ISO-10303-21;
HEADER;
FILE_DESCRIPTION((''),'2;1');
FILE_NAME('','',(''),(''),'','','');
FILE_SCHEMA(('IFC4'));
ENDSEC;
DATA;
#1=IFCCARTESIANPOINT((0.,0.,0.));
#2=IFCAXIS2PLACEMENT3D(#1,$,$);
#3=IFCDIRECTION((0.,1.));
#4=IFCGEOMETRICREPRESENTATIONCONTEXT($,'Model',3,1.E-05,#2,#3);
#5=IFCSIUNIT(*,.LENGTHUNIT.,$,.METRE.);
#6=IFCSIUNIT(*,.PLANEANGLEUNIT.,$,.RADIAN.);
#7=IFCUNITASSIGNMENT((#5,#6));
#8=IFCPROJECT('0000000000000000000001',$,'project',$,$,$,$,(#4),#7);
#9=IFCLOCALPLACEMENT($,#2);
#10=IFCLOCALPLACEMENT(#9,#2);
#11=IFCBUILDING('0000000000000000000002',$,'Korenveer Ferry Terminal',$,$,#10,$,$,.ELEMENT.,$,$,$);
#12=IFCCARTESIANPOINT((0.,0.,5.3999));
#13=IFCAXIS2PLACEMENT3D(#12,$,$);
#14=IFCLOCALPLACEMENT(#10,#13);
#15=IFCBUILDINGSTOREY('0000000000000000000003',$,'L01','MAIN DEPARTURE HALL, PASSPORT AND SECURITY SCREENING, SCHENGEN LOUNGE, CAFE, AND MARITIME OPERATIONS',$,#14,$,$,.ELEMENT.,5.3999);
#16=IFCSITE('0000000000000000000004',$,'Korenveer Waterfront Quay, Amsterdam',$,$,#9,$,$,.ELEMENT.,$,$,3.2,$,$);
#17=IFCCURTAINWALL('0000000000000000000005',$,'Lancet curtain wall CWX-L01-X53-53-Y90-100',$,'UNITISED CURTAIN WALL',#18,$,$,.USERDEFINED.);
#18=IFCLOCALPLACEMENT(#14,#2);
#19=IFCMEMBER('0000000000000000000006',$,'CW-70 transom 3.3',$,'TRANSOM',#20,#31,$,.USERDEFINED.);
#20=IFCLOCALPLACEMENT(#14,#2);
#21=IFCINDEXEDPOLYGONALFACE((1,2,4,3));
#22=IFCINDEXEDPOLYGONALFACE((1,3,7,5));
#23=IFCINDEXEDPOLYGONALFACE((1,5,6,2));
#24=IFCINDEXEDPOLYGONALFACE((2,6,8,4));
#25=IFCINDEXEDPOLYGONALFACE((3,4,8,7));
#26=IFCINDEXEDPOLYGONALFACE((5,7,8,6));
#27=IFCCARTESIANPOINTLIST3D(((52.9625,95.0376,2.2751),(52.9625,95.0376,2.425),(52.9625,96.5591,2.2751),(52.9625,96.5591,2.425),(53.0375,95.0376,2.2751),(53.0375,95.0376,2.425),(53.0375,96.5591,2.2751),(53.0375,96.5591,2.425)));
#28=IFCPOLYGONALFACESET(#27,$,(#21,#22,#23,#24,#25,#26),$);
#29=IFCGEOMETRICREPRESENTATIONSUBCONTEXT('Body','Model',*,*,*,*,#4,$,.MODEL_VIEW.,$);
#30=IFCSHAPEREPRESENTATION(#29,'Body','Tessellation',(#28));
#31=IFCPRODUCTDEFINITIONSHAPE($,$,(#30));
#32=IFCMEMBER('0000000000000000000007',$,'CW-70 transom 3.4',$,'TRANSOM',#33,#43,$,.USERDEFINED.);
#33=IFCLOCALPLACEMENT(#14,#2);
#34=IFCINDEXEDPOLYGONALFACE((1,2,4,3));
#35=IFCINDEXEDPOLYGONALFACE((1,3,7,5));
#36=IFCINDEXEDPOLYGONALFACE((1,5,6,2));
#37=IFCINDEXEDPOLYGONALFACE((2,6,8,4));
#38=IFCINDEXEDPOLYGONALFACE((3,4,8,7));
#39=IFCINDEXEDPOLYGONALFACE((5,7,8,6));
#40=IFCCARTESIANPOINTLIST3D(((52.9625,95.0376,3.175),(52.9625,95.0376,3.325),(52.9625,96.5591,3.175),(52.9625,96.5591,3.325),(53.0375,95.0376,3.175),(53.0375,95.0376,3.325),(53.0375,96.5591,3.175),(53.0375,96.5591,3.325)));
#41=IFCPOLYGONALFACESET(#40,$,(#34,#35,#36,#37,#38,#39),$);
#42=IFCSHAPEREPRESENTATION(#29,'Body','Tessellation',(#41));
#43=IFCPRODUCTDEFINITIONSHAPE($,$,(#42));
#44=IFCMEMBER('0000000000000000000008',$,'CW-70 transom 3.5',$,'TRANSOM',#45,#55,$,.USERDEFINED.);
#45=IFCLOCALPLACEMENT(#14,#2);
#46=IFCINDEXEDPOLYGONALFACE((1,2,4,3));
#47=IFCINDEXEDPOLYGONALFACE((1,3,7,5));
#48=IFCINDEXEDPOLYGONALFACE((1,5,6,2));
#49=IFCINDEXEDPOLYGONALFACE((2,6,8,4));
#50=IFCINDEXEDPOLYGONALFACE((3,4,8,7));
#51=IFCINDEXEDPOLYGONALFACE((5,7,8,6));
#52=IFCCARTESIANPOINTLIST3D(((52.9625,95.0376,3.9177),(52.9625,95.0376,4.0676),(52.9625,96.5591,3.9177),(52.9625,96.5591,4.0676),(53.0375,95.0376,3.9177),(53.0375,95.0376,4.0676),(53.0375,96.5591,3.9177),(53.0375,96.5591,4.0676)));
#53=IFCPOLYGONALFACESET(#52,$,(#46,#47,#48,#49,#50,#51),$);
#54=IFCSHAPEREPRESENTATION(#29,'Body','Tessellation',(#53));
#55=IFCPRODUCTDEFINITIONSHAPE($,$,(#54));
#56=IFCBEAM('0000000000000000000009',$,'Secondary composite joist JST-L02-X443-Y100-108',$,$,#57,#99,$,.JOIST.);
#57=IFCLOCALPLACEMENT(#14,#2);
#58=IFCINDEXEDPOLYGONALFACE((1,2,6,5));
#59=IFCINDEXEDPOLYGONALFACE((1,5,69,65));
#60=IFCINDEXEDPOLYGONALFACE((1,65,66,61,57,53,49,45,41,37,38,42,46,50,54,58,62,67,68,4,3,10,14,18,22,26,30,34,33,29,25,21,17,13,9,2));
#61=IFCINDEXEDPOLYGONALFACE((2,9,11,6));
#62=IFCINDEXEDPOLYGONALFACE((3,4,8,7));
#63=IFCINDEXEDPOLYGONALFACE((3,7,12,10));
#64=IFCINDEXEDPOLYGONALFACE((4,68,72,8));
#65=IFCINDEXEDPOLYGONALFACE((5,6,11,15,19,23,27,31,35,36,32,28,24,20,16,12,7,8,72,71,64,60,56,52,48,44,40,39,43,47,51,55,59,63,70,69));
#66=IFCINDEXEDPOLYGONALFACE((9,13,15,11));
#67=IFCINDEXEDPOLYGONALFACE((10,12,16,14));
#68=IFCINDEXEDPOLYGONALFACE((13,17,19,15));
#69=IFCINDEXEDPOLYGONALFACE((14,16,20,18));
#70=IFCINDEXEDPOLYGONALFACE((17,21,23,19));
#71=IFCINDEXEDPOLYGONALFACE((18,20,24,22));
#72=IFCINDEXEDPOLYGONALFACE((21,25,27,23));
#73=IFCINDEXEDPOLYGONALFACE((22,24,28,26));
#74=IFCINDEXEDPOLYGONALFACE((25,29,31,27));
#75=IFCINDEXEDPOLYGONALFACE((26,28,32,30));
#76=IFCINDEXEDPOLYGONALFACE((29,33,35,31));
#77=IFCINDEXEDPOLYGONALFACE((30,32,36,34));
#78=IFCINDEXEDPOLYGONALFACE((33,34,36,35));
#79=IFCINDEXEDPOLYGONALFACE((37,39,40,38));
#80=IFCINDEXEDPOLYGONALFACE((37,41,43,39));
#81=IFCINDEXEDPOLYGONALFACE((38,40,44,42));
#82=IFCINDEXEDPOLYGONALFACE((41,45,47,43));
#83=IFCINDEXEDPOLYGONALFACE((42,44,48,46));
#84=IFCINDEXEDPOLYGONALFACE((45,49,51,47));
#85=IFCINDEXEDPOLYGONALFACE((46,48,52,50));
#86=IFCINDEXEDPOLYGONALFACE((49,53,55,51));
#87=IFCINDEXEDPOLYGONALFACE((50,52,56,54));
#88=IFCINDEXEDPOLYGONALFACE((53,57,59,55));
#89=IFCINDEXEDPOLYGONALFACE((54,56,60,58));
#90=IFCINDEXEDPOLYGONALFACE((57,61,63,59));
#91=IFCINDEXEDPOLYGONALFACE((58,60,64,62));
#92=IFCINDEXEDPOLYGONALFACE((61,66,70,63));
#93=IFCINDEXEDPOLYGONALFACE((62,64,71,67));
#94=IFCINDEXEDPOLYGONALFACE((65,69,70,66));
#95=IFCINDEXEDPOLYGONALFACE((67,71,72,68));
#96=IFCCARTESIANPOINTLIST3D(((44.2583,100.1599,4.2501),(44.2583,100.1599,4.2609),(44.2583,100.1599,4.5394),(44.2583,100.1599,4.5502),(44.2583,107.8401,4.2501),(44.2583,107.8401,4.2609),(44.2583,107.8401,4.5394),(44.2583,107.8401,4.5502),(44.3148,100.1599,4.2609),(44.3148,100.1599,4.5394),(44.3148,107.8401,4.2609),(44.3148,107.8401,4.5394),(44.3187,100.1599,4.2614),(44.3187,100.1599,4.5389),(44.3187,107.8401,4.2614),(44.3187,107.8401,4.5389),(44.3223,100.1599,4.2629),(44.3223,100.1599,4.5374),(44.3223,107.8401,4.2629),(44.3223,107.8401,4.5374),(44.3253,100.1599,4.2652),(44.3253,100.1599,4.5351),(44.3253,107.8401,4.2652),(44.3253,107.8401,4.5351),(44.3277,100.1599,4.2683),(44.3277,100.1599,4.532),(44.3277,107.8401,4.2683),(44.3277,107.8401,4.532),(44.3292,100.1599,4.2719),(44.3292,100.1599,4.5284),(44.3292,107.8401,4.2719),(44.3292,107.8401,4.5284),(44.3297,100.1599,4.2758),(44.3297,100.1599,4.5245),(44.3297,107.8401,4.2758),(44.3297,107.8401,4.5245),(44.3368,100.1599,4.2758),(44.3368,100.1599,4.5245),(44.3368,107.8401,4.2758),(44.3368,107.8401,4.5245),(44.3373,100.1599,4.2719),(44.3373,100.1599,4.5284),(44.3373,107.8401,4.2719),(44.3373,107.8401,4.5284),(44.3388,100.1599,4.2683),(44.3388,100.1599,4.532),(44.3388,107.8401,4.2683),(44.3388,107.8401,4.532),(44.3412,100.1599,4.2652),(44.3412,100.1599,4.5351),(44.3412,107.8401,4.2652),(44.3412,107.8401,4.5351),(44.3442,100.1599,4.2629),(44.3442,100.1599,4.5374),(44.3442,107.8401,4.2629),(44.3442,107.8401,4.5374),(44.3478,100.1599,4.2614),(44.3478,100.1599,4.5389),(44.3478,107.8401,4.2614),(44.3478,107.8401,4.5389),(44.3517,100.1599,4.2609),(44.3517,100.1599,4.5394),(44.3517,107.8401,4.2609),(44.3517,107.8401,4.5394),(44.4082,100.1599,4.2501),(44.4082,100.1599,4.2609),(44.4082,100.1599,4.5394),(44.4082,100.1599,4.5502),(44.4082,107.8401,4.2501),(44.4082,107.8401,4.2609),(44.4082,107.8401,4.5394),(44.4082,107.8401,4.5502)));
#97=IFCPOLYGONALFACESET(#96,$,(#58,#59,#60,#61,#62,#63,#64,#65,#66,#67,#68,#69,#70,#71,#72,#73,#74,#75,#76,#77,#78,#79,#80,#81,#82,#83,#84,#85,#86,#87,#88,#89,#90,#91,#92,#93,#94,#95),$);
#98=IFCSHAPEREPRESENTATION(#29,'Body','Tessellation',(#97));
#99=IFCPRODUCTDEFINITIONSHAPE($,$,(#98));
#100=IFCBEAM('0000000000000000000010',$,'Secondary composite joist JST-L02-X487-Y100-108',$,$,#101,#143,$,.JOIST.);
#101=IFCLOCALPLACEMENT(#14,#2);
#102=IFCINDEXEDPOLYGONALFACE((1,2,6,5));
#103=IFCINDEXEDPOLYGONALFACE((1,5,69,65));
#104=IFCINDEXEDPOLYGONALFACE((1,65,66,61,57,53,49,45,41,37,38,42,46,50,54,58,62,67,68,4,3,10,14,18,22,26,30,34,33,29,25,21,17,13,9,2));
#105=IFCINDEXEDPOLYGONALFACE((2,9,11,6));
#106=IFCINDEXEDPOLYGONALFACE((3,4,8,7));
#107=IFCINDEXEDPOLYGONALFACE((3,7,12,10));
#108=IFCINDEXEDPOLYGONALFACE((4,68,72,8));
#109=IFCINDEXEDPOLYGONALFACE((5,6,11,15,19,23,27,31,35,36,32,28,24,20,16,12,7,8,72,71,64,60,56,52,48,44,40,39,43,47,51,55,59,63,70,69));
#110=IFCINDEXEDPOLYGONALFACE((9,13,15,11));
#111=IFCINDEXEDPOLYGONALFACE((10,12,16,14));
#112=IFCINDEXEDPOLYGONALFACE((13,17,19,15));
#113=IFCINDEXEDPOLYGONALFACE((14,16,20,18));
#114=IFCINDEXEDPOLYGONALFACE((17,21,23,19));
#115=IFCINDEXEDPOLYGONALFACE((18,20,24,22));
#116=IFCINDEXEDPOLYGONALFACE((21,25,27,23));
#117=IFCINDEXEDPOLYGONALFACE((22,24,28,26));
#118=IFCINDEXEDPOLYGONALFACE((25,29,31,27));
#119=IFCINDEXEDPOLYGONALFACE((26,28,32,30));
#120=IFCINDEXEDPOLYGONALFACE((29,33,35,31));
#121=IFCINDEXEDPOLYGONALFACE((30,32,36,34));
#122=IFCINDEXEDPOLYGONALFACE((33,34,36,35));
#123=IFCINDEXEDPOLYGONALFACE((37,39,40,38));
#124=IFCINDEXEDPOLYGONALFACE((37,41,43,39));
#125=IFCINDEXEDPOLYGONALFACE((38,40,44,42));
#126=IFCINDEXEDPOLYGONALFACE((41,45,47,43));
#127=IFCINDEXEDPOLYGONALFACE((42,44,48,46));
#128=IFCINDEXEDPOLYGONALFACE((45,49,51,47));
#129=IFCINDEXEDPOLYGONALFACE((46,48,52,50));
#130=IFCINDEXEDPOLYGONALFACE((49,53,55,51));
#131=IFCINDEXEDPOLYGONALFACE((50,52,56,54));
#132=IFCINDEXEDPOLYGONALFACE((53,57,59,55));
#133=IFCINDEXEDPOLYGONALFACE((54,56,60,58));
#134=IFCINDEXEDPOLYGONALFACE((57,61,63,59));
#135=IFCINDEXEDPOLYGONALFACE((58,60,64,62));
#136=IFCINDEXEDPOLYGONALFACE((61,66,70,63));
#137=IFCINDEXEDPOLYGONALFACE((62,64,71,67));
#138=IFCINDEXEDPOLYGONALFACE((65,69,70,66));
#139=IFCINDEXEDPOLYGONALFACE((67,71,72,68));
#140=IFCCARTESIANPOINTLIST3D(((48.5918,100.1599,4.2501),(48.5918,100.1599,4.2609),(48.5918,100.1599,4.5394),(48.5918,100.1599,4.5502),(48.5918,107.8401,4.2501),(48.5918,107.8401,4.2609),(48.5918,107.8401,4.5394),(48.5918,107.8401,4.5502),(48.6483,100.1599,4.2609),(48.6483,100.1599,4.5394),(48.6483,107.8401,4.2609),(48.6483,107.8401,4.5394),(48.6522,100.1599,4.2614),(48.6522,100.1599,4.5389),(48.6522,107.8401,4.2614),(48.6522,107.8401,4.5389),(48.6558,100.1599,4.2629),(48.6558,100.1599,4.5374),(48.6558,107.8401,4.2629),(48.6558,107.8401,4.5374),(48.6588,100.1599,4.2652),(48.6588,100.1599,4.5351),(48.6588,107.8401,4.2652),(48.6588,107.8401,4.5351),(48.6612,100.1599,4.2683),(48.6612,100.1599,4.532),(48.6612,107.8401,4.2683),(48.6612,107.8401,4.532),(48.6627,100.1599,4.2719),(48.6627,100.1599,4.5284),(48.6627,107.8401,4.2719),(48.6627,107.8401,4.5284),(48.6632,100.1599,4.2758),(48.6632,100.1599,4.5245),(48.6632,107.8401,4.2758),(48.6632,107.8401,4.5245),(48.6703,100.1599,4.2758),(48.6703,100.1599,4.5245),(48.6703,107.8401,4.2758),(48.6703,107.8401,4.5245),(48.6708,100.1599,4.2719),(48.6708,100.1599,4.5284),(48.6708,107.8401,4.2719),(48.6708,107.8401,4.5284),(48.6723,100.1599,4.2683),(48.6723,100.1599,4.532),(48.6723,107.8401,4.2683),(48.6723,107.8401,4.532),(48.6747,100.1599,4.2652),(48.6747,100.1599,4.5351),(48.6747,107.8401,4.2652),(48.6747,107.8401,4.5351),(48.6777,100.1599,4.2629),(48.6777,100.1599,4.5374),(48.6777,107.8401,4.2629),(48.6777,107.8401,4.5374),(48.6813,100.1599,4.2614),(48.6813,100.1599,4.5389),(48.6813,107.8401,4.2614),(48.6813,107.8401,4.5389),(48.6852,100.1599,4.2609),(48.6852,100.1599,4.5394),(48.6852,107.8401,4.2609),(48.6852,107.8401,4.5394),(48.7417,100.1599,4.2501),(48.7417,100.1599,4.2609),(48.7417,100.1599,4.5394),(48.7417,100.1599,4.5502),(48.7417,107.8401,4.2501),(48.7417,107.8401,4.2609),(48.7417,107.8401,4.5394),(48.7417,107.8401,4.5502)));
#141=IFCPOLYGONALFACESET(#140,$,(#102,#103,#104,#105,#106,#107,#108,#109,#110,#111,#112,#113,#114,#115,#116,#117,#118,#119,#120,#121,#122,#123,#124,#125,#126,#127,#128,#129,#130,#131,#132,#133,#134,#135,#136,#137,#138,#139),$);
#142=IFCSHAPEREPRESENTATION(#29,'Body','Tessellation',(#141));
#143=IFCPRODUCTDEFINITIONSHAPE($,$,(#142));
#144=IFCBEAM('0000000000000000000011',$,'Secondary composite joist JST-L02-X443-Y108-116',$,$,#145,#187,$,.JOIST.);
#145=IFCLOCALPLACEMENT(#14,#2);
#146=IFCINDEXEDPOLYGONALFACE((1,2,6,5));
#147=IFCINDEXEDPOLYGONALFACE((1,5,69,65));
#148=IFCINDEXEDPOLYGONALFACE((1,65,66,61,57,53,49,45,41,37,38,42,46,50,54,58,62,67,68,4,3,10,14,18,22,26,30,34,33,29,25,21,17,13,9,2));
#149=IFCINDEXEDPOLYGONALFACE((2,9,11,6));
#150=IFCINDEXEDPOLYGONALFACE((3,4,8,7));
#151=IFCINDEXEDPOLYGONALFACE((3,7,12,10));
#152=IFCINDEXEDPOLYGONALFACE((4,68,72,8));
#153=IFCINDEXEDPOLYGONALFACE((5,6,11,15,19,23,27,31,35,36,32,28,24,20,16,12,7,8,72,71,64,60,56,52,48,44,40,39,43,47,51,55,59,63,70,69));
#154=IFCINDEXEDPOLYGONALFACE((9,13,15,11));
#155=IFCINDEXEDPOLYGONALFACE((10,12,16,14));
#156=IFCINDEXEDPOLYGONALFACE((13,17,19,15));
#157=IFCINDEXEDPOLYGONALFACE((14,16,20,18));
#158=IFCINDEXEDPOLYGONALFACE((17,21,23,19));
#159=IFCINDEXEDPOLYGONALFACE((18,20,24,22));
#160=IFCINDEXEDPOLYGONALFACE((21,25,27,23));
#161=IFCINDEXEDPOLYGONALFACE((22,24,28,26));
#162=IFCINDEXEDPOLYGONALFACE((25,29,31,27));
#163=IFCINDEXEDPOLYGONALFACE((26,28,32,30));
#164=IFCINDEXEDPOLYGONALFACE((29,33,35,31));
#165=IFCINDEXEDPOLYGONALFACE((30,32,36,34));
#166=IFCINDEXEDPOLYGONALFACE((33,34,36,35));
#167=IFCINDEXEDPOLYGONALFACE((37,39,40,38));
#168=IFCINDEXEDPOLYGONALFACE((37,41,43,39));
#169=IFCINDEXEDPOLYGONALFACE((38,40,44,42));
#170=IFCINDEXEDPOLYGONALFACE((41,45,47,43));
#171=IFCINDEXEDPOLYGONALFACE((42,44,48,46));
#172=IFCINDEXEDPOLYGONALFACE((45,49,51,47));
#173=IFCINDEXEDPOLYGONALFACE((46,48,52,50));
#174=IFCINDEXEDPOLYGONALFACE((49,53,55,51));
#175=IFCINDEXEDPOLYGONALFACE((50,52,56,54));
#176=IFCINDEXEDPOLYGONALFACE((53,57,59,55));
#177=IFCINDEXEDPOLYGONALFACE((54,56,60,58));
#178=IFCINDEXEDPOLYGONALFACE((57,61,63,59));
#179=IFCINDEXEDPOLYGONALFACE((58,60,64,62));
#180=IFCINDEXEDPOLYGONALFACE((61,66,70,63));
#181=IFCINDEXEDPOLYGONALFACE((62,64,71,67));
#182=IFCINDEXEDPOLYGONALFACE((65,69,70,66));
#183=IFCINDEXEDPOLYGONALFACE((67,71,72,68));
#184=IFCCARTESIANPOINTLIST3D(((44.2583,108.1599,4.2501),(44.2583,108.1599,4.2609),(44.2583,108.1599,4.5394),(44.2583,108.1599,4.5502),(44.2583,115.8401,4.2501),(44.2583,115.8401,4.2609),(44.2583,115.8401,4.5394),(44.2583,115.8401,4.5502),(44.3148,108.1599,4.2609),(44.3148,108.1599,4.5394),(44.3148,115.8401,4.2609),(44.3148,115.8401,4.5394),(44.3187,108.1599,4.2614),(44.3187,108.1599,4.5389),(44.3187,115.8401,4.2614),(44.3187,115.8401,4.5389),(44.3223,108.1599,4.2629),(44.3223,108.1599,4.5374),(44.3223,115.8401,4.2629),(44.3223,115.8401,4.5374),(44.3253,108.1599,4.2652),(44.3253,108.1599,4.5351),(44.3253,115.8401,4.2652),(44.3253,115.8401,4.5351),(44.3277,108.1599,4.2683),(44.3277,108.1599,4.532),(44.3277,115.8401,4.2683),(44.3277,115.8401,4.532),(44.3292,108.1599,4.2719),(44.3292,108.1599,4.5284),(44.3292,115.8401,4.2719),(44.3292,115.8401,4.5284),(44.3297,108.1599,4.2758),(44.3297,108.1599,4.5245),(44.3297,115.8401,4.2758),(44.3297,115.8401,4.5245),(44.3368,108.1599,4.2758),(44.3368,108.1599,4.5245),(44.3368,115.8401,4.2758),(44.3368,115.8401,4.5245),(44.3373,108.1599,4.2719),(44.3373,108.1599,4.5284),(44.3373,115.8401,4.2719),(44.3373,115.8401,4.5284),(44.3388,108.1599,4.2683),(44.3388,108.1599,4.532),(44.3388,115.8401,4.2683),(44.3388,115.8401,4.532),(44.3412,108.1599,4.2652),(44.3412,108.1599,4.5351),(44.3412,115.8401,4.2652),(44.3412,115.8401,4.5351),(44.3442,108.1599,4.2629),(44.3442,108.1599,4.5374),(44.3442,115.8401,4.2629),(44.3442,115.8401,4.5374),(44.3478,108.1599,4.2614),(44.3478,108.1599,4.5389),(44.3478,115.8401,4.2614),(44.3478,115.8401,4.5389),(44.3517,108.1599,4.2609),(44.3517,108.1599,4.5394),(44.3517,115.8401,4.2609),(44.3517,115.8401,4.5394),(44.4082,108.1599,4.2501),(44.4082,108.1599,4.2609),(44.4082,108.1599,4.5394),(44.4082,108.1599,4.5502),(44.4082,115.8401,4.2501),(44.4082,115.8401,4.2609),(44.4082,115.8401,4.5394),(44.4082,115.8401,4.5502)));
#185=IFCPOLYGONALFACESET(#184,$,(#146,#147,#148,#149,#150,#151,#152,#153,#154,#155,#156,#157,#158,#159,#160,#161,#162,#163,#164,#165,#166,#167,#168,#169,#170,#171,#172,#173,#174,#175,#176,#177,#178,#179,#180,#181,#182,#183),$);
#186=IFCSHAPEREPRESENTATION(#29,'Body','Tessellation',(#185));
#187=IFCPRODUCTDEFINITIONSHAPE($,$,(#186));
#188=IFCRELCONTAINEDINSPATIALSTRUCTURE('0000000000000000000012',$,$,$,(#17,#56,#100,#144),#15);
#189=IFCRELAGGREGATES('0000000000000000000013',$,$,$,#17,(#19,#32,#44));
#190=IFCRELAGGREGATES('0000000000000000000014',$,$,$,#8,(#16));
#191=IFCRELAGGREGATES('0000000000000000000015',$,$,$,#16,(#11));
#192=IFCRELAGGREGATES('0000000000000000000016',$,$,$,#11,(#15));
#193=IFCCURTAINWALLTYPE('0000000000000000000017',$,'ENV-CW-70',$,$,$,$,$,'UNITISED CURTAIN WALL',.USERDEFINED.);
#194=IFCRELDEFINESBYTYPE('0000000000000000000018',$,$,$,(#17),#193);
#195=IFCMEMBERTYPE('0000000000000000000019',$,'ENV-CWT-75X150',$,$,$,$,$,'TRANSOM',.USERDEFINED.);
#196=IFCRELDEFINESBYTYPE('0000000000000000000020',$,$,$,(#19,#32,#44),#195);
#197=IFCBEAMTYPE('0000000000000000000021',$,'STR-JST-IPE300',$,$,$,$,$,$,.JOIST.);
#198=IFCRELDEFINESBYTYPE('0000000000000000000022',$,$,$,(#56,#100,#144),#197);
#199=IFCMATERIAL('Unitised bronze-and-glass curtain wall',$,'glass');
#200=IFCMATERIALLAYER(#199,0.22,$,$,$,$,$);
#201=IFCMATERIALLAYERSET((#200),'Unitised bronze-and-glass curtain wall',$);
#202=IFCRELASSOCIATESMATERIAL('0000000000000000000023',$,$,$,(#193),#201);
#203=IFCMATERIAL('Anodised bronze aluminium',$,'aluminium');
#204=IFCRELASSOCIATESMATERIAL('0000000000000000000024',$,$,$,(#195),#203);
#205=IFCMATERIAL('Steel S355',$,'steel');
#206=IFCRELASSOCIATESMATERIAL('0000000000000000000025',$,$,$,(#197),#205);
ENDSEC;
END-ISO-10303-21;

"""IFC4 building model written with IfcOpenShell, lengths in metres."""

from ifc_helpers import new_model, si_unit, direction, frame, origin, origin_2d, place, context, subcontext, project, spatial, rectangle, i_section, extrude, material, layer, layer_set, material_profile, profile_set, type_object, element, aggregate, save


model = new_model("IFC4")

# Units and contexts
model_context = context("Model", 3, precision=1e-05, world=origin(), true_north=direction((0.0, 1.0)))
body_context = subcontext(model_context, "Body", "Model", "MODEL_VIEW")
ifc_project = project(units=[si_unit("LENGTHUNIT", "METRE"), si_unit("PLANEANGLEUNIT", "RADIAN")], contexts=[model_context])

# Site, building, storey
site_placement = place(None, origin())
site = spatial("IfcSite", under=ifc_project, at=site_placement, Name="Korenveer Waterfront Quay, Amsterdam", CompositionType="ELEMENT", RefElevation=3.2)
building_placement = place(site_placement, origin())
building = spatial("IfcBuilding", under=site, at=building_placement, Name="Korenveer Ferry Terminal", CompositionType="ELEMENT")
storey_placement = place(building_placement, frame((0.0, 0.0, 5.3999)))
storey = spatial("IfcBuildingStorey", under=building, at=storey_placement, Name="L01", Description="MAIN DEPARTURE HALL, PASSPORT AND SECURITY SCREENING, SCHENGEN LOUNGE, CAFE, AND MARITIME OPERATIONS", CompositionType="ELEMENT", Elevation=5.3999)

# Curtain wall
ifc_material_1 = material(Name="Unitised bronze-and-glass curtain wall", Category="glass")
ifc_layer_1 = layer(ifc_material_1, 0.22)
ifc_layer_set_1 = layer_set([ifc_layer_1], Name="Unitised bronze-and-glass curtain wall")
curtain_wall_type_1 = type_object("IfcCurtainWallType", Name="ENV-CW-70", ElementType="UNITISED CURTAIN WALL", PredefinedType="USERDEFINED", material=ifc_layer_set_1)
curtain_wall_1_placement = place(storey_placement, frame((53.0, 99.79, 0.0)))
curtain_wall_1 = element("IfcCurtainWall", 1, at=curtain_wall_1_placement, inside=storey, type_object=curtain_wall_type_1, Name="Lancet curtain wall CWX-L01-X53-53-Y90-100", ObjectType="UNITISED CURTAIN WALL", PredefinedType="USERDEFINED")
ifc_material_2 = material(Name="Anodised bronze aluminium", Category="aluminium")
ifc_material_profile_1 = material_profile(ifc_material_2, rectangle(XDim=0.075, YDim=0.1499, at=origin_2d()), Name="ALU 75x150")
ifc_profile_set_1 = profile_set([ifc_material_profile_1], Name="Anodised bronze aluminium")
member_type_1 = type_object("IfcMemberType", Name="ENV-CWT-75X150", ElementType="TRANSOM", PredefinedType="USERDEFINED", material=ifc_profile_set_1)

# Members
member_1_placement = place(storey_placement, frame((53.0, 96.5591, 2.3501), z_axis=(0.0, -1.0, 0.0), x_axis=(1.0, 0.0, 0.0)))
member_1 = element("IfcMember", 2, at=member_1_placement, type_object=member_type_1, Name="CW-70 transom 3.3", ObjectType="TRANSOM", PredefinedType="USERDEFINED", context=body_context, shape_type="SweptSolid", body=[
    extrude(rectangle(XDim=0.075, YDim=0.1499, at=origin_2d()), origin(), (0.0, 0.0, 1.0), 1.5215),
])
member_2_placement = place(storey_placement, frame((53.0, 96.5591, 3.25), z_axis=(0.0, -1.0, 0.0), x_axis=(1.0, 0.0, 0.0)))
member_2 = element("IfcMember", 3, at=member_2_placement, type_object=member_type_1, Name="CW-70 transom 3.4", ObjectType="TRANSOM", PredefinedType="USERDEFINED", context=body_context, shape_type="SweptSolid", body=[
    extrude(rectangle(XDim=0.075, YDim=0.1499, at=origin_2d()), origin(), (0.0, 0.0, 1.0), 1.5215),
])
member_3_placement = place(storey_placement, frame((53.0, 96.5591, 3.9927), z_axis=(0.0, -1.0, 0.0), x_axis=(1.0, 0.0, 0.0)))
member_3 = element("IfcMember", 4, at=member_3_placement, type_object=member_type_1, Name="CW-70 transom 3.5", ObjectType="TRANSOM", PredefinedType="USERDEFINED", context=body_context, shape_type="SweptSolid", body=[
    extrude(rectangle(XDim=0.075, YDim=0.1499, at=origin_2d()), origin(), (0.0, 0.0, 1.0), 1.5215),
])

# Beams
ifc_material_3 = material(Name="Steel S355", Category="steel")
ifc_material_profile_2 = material_profile(ifc_material_3, i_section(OverallWidth=0.1499, OverallDepth=0.3, WebThickness=0.0071, FlangeThickness=0.0107, FilletRadius=0.0149, at=origin_2d()), Name="IPE 300")
ifc_profile_set_2 = profile_set([ifc_material_profile_2], Name="Steel S355")
beam_type = type_object("IfcBeamType", Name="STR-JST-IPE300", PredefinedType="JOIST", material=ifc_profile_set_2)
for number, where, z_axis, x_axis, name in (
    (5, (44.3333, 100.1599, 4.4001), (0.0, 1.0, 0.0), (-1.0, 0.0, 0.0), "Secondary composite joist JST-L02-X443-Y100-108"),
    (6, (48.6667, 100.1599, 4.4001), (0.0, 1.0, 0.0), (-1.0, 0.0, 0.0), "Secondary composite joist JST-L02-X487-Y100-108"),
    (7, (44.3333, 108.1599, 4.4001), (0.0, 1.0, 0.0), (-1.0, 0.0, 0.0), "Secondary composite joist JST-L02-X443-Y108-116"),
):
    element("IfcBeam", number, at=place(storey_placement, frame(where, z_axis=z_axis, x_axis=x_axis)), inside=storey, type_object=beam_type, Name=name, PredefinedType="JOIST", context=body_context, shape_type="SweptSolid", body=[
        extrude(i_section(OverallWidth=0.1499, OverallDepth=0.3, WebThickness=0.0071, FlangeThickness=0.0107, FilletRadius=0.0149, at=origin_2d()), origin(), (0.0, 0.0, 1.0), 7.6802),
    ])

aggregate(curtain_wall_1, [member_1, member_2, member_3])

save(model, "model.ifc")
